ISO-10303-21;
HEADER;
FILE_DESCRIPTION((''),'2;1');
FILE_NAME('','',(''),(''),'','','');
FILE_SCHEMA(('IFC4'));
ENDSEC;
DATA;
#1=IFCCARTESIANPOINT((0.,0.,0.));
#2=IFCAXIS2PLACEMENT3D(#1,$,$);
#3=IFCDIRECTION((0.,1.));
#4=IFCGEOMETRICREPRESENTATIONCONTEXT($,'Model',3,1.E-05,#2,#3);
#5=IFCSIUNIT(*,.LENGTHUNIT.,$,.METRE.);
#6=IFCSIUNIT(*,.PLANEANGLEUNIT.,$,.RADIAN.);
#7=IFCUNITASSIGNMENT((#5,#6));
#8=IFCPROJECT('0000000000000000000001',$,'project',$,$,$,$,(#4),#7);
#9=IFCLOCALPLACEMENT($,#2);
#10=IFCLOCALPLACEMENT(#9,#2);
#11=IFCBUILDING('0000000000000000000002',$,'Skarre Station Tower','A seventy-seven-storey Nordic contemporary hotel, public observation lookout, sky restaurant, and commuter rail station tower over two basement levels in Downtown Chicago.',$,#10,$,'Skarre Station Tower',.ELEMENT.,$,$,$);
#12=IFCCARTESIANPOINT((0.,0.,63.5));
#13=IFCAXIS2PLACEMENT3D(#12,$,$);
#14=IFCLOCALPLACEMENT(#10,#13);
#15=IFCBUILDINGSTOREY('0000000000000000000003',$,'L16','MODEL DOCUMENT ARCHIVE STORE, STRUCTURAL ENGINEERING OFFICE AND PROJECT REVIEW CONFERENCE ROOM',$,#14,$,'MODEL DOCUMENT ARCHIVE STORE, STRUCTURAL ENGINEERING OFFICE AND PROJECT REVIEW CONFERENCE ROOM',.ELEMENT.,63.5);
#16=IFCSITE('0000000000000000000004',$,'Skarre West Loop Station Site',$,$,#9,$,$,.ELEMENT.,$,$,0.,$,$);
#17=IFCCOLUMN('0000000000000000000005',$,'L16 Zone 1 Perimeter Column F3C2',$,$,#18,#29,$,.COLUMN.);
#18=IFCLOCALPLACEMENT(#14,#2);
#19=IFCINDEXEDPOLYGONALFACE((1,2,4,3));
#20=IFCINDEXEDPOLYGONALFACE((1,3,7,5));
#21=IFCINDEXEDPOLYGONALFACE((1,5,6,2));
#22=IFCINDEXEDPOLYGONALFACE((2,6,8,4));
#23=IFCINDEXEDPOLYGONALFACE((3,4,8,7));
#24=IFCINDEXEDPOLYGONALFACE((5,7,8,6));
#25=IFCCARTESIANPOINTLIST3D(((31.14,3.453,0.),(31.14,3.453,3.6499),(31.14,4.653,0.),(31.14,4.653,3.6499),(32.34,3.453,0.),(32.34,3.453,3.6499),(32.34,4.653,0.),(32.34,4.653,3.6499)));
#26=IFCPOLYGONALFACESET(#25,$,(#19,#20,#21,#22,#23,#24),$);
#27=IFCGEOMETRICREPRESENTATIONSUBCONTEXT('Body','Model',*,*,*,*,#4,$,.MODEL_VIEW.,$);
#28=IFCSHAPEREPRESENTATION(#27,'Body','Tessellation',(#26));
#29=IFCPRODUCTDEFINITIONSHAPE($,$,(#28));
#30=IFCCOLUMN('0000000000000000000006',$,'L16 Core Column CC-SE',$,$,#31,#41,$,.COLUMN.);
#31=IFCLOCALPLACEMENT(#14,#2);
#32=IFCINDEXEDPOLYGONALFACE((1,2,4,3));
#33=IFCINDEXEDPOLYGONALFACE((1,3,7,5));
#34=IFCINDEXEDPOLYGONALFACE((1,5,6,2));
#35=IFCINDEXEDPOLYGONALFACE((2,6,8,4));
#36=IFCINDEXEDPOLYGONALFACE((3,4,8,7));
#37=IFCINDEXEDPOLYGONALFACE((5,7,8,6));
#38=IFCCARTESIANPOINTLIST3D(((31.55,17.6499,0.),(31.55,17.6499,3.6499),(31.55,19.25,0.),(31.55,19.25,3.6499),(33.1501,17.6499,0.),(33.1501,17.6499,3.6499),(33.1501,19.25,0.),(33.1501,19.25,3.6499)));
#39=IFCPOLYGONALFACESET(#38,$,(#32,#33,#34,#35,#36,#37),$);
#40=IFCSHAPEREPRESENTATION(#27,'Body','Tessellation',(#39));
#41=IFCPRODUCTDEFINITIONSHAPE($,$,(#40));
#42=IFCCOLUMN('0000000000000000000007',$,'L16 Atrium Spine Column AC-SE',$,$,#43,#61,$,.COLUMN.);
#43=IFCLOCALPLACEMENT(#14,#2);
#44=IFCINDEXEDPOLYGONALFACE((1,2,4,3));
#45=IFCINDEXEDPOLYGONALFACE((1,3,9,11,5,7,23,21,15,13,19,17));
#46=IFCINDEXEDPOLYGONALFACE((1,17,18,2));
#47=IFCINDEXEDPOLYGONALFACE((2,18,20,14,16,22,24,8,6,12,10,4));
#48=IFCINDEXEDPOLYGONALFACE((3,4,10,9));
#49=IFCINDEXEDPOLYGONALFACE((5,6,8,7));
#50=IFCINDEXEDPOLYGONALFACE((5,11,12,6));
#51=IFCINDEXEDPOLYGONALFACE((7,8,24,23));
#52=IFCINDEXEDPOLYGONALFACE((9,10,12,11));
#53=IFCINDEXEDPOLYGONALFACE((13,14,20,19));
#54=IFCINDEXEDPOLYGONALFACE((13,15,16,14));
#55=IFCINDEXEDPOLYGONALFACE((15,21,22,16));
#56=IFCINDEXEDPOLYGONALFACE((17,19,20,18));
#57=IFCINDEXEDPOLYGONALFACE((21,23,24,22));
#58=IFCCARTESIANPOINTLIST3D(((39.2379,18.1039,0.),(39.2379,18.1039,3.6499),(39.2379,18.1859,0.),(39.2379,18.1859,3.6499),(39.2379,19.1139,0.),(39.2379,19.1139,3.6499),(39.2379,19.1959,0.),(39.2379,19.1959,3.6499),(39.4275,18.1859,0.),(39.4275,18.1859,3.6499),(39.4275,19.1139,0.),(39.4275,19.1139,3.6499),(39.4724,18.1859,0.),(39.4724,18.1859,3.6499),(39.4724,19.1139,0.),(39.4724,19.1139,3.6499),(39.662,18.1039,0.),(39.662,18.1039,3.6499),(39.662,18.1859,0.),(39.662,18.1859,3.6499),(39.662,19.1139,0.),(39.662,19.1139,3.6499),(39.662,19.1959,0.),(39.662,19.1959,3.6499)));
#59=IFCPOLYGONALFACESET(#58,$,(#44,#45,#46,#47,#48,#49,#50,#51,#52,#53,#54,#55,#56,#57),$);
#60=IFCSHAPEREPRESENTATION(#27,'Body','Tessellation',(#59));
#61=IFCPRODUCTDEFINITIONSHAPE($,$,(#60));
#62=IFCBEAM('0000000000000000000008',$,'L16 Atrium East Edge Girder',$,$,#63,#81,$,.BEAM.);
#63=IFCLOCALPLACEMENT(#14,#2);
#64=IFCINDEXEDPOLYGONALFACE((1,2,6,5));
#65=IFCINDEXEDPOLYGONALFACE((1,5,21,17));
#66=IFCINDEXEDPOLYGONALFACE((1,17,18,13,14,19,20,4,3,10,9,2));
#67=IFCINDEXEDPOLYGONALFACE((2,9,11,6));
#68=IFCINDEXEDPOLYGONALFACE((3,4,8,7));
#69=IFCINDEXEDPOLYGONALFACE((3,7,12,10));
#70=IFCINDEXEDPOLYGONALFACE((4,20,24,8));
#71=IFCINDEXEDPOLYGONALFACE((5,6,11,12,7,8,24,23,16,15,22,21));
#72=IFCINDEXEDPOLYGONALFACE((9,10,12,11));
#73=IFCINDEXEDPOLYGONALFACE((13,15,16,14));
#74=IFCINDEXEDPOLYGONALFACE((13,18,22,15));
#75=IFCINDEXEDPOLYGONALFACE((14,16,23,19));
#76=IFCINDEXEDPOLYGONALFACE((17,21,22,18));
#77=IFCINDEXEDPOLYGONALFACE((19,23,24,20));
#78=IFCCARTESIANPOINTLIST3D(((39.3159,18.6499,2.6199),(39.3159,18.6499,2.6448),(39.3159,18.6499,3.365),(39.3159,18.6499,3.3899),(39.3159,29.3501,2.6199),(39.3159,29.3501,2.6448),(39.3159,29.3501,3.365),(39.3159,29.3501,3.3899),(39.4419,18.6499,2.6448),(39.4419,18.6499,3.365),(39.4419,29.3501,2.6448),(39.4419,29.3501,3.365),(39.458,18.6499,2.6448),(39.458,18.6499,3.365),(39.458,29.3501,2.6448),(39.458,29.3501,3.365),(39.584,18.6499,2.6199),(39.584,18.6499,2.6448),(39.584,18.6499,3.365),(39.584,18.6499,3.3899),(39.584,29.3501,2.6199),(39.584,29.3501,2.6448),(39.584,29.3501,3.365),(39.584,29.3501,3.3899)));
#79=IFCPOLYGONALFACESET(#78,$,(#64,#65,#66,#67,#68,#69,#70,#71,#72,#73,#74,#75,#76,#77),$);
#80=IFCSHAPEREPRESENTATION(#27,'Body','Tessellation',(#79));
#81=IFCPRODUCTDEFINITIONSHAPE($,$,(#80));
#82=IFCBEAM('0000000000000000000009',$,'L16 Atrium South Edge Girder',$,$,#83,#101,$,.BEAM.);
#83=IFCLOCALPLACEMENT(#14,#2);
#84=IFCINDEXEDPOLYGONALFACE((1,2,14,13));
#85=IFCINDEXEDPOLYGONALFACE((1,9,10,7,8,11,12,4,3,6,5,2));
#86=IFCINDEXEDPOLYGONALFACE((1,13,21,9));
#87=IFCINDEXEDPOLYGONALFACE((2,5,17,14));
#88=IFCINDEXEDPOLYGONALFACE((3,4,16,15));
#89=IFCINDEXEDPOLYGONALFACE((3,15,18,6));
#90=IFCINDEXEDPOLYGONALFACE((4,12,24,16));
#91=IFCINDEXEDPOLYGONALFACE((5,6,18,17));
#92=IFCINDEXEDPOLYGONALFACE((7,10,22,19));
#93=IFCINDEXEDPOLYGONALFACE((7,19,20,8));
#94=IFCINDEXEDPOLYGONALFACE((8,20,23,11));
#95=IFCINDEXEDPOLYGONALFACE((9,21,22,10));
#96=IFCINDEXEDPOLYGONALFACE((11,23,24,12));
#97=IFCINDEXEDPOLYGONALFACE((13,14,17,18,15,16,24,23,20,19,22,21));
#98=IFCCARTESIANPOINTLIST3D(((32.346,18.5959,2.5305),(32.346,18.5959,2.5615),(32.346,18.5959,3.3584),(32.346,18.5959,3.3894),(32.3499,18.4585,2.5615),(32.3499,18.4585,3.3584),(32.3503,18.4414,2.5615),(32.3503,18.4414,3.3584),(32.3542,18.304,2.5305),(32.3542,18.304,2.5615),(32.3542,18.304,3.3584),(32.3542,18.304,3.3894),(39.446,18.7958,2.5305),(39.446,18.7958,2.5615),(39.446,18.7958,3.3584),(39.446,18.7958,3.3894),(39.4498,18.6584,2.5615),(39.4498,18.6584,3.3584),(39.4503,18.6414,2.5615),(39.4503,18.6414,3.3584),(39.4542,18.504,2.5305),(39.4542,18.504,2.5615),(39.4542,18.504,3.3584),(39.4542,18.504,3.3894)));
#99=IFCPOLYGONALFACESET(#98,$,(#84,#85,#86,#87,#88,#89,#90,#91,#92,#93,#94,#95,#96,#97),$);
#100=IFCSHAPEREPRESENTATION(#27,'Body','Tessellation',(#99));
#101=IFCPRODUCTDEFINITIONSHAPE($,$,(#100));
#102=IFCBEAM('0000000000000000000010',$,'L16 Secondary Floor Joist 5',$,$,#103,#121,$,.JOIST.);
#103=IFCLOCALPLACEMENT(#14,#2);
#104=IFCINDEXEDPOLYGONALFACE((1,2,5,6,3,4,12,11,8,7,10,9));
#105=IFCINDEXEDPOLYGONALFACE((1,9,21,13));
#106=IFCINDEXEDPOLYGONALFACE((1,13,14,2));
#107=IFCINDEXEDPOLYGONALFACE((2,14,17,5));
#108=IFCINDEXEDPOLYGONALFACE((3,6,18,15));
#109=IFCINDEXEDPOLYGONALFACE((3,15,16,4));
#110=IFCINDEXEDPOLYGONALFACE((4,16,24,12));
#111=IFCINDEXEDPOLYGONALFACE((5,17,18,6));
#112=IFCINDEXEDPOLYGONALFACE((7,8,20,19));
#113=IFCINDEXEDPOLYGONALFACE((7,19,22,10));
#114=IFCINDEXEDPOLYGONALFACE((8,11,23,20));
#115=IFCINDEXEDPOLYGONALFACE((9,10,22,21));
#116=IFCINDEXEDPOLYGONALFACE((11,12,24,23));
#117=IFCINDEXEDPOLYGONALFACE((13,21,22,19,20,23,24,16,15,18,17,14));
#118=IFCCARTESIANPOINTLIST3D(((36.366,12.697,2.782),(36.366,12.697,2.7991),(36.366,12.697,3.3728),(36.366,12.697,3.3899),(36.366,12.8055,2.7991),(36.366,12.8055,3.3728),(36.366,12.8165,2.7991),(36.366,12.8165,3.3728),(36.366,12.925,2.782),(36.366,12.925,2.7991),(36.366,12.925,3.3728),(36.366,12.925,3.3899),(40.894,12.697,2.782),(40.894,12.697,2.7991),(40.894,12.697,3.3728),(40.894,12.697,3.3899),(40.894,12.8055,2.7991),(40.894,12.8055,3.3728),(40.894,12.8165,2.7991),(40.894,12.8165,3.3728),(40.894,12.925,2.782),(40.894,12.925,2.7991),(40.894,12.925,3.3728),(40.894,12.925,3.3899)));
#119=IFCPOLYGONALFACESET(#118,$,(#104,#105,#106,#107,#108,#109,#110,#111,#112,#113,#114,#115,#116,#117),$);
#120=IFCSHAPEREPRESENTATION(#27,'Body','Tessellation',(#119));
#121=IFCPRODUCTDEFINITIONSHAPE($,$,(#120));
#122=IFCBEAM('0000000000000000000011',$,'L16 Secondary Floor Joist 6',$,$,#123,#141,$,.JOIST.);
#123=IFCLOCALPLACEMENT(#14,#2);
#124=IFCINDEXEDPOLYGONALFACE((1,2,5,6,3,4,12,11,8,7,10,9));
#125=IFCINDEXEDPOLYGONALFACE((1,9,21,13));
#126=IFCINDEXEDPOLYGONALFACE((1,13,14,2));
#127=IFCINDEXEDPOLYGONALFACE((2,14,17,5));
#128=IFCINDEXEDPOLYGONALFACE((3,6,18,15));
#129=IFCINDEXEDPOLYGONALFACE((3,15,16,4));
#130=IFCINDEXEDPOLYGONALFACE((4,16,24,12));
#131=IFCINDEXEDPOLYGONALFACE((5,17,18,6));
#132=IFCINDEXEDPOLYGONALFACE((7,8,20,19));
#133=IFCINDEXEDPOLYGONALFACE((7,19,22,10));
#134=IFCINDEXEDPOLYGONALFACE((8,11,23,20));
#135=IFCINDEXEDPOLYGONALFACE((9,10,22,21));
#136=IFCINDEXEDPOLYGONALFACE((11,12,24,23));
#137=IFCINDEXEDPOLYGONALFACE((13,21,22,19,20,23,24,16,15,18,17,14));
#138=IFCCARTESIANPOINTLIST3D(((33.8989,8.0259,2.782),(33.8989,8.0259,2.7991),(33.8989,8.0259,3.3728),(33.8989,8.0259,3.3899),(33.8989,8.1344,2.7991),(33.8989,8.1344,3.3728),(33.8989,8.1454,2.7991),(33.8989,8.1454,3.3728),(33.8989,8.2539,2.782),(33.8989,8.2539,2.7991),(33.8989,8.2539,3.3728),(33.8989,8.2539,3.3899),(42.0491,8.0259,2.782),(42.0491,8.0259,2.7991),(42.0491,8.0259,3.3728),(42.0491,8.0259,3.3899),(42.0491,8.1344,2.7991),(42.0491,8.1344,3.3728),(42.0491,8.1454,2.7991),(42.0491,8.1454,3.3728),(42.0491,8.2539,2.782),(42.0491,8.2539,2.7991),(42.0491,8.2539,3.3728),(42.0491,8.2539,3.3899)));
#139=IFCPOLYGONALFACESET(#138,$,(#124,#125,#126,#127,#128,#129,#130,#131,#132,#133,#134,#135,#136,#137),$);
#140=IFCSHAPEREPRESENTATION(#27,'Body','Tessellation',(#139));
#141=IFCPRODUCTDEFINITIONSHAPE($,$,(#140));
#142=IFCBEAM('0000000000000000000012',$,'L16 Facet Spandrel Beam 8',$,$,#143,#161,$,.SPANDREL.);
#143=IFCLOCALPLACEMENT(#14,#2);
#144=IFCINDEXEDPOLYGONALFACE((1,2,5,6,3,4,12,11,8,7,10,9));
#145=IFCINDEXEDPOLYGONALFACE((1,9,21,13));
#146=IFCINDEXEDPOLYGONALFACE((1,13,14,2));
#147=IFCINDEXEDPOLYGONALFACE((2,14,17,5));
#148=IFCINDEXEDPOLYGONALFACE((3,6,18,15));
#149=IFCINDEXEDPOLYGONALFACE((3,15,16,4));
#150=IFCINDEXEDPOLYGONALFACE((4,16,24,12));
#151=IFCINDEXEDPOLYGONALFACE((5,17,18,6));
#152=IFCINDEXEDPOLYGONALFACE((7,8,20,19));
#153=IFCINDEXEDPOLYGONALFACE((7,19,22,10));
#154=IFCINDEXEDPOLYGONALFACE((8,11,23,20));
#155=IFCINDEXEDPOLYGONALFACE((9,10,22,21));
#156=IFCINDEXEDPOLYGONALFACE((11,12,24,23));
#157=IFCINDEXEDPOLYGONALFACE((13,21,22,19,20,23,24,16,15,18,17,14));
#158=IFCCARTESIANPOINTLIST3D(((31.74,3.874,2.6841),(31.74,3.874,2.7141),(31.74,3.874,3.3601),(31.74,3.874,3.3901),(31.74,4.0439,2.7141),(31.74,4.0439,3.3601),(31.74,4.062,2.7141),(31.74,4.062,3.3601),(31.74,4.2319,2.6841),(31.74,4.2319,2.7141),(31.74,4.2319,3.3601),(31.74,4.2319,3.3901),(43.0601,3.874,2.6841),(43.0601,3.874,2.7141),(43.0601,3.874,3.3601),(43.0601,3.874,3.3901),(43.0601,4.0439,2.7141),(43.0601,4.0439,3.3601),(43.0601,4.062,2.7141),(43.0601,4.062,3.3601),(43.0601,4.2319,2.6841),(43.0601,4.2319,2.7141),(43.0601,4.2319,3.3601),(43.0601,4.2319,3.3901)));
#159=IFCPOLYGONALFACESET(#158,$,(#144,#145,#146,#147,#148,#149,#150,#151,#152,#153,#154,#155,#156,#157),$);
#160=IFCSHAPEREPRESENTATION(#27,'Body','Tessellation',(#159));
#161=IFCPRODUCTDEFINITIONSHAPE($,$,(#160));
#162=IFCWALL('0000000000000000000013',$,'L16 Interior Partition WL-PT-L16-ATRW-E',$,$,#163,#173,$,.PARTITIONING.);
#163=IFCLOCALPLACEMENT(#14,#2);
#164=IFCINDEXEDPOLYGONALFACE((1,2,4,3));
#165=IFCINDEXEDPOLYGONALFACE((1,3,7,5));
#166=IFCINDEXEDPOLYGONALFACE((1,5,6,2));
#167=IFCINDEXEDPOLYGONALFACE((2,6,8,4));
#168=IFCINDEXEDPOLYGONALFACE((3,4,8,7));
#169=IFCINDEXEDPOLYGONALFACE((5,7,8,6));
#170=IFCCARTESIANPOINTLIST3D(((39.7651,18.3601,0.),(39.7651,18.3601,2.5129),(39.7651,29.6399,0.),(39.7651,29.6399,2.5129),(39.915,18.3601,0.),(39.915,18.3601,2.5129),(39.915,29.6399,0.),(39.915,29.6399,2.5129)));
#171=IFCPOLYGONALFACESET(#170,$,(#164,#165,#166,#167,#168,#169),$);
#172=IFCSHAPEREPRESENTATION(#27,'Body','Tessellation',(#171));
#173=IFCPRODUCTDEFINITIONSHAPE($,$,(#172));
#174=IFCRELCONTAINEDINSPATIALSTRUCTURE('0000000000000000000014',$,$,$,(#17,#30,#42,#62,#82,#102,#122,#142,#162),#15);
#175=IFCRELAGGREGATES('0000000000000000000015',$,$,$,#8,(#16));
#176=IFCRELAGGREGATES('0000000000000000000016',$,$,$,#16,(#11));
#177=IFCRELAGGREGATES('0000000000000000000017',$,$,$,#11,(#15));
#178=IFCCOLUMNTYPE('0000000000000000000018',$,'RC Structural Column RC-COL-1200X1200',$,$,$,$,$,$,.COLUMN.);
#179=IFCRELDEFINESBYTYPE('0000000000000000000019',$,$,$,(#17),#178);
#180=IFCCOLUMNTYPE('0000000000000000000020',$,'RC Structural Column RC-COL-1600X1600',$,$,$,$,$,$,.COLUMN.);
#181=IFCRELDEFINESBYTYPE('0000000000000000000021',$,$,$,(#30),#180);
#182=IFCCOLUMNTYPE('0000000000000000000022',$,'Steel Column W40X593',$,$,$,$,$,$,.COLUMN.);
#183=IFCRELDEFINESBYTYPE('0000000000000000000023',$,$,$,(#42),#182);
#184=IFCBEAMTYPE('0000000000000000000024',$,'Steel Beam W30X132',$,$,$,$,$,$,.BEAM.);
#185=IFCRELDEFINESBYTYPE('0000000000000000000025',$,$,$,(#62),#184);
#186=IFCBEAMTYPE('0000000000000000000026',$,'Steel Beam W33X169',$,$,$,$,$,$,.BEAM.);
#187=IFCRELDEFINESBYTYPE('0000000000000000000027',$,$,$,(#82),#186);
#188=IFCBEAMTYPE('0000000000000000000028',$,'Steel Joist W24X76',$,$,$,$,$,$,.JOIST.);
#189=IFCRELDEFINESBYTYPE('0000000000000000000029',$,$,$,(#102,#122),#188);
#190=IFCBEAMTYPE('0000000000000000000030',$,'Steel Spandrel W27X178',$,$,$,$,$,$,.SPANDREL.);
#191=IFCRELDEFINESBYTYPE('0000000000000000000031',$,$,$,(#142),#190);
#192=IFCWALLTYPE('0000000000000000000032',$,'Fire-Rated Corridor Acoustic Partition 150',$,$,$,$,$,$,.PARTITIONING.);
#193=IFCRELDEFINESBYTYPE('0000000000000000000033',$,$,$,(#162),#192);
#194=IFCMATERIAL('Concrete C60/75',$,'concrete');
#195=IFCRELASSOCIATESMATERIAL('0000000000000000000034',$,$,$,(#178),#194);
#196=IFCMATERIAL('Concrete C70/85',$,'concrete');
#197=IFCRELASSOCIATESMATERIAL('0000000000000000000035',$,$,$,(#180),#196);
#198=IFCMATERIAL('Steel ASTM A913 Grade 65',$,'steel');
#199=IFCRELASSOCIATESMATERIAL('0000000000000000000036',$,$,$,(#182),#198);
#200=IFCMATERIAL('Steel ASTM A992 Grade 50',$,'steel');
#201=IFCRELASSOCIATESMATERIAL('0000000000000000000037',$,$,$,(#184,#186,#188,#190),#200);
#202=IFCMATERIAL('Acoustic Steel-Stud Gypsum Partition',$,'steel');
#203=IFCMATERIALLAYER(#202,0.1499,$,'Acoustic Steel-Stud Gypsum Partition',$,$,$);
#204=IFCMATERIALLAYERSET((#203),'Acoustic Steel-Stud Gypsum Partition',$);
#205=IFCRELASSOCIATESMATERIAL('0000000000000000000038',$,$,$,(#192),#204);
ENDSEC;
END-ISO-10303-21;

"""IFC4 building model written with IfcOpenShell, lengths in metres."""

from ifc_helpers import new_model, si_unit, direction, frame, frame_2d, origin, origin_2d, place, context, subcontext, project, spatial, rectangle, i_section, extrude, material, layer, layer_set, material_profile, profile_set, type_object, element, save


model = new_model("IFC4")

# Units and contexts
model_context = context("Model", 3, precision=1e-05, world=origin(), true_north=direction((0.0, 1.0)))
body_context = subcontext(model_context, "Body", "Model", "MODEL_VIEW")
ifc_project = project(units=[si_unit("LENGTHUNIT", "METRE"), si_unit("PLANEANGLEUNIT", "RADIAN")], contexts=[model_context])

# Site, building, storey
site_placement = place(None, origin())
site = spatial("IfcSite", under=ifc_project, at=site_placement, Name="Skarre West Loop Station Site", CompositionType="ELEMENT", RefElevation=0.0)
building_placement = place(site_placement, origin())
building = spatial("IfcBuilding", under=site, at=building_placement, Name="Skarre Station Tower", Description="A seventy-seven-storey Nordic contemporary hotel, public observation lookout, sky restaurant, and commuter rail station tower over two basement levels in Downtown Chicago.", LongName="Skarre Station Tower", CompositionType="ELEMENT")
storey_placement = place(building_placement, frame((0.0, 0.0, 63.5)))
storey = spatial("IfcBuildingStorey", under=building, at=storey_placement, Name="L16", Description="MODEL DOCUMENT ARCHIVE STORE, STRUCTURAL ENGINEERING OFFICE AND PROJECT REVIEW CONFERENCE ROOM", LongName="MODEL DOCUMENT ARCHIVE STORE, STRUCTURAL ENGINEERING OFFICE AND PROJECT REVIEW CONFERENCE ROOM", CompositionType="ELEMENT", Elevation=63.5)

# Columns
ifc_material_1 = material(Name="Concrete C60/75", Category="concrete")
ifc_material_profile_1 = material_profile(ifc_material_1, rectangle(XDim=1.2, YDim=1.2, at=origin_2d()), Name="Concrete C60/75")
ifc_profile_set_1 = profile_set([ifc_material_profile_1], Name="Concrete C60/75")
column_type_1 = type_object("IfcColumnType", Name="RC Structural Column RC-COL-1200X1200", PredefinedType="COLUMN", material=ifc_profile_set_1)
column_1_placement = place(storey_placement, frame((31.74, 4.053, 0.0), z_axis=(0.0, 0.0, 1.0), x_axis=(1.0, 0.0, 0.0)))
element("IfcColumn", 1, at=column_1_placement, inside=storey, type_object=column_type_1, Name="L16 Zone 1 Perimeter Column F3C2", PredefinedType="COLUMN", context=body_context, shape_type="SweptSolid", body=[
    extrude(rectangle(XDim=1.2, YDim=1.2, at=origin_2d()), origin(), (0.0, 0.0, 1.0), 3.6499),
])
ifc_material_2 = material(Name="Concrete C70/85", Category="concrete")
ifc_material_profile_2 = material_profile(ifc_material_2, rectangle(XDim=1.6001, YDim=1.6001, at=origin_2d()), Name="Concrete C70/85")
ifc_profile_set_2 = profile_set([ifc_material_profile_2], Name="Concrete C70/85")
column_type_2 = type_object("IfcColumnType", Name="RC Structural Column RC-COL-1600X1600", PredefinedType="COLUMN", material=ifc_profile_set_2)
column_2_placement = place(storey_placement, frame((32.3501, 18.45, 0.0), z_axis=(0.0, 0.0, 1.0), x_axis=(1.0, 0.0, 0.0)))
element("IfcColumn", 2, at=column_2_placement, inside=storey, type_object=column_type_2, Name="L16 Core Column CC-SE", PredefinedType="COLUMN", context=body_context, shape_type="SweptSolid", body=[
    extrude(rectangle(XDim=1.6001, YDim=1.6001, at=origin_2d()), origin(), (0.0, 0.0, 1.0), 3.6499),
])
ifc_material_3 = material(Name="Steel ASTM A913 Grade 65", Category="steel")
ifc_material_profile_3 = material_profile(ifc_material_3, i_section(OverallWidth=0.4241, OverallDepth=1.092, WebThickness=0.0449, FlangeThickness=0.082, at=origin_2d()), Name="Steel ASTM A913 Grade 65")
ifc_profile_set_3 = profile_set([ifc_material_profile_3], Name="Steel ASTM A913 Grade 65")
column_type_3 = type_object("IfcColumnType", Name="Steel Column W40X593", PredefinedType="COLUMN", material=ifc_profile_set_3)
column_3_placement = place(storey_placement, frame((39.45, 18.6499, 0.0), z_axis=(0.0, 0.0, 1.0), x_axis=(1.0, 0.0, 0.0)))
element("IfcColumn", 3, at=column_3_placement, inside=storey, type_object=column_type_3, Name="L16 Atrium Spine Column AC-SE", PredefinedType="COLUMN", context=body_context, shape_type="SweptSolid", body=[
    extrude(i_section(OverallWidth=0.4241, OverallDepth=1.092, WebThickness=0.0449, FlangeThickness=0.082, at=origin_2d()), origin(), (0.0, 0.0, 1.0), 3.6499),
])

# Beams
ifc_material_4 = material(Name="Steel ASTM A992 Grade 50", Category="steel")
ifc_material_profile_4 = material_profile(ifc_material_4, i_section(OverallWidth=0.2681, OverallDepth=0.77, WebThickness=0.0161, FlangeThickness=0.0249, at=origin_2d()), Name="Steel ASTM A992 Grade 50")
ifc_profile_set_4 = profile_set([ifc_material_profile_4], Name="Steel ASTM A992 Grade 50")
beam_type_1 = type_object("IfcBeamType", Name="Steel Beam W30X132", PredefinedType="BEAM", material=ifc_profile_set_4)
beam_1_placement = place(storey_placement, frame((39.45, 18.6499, 3.0049), z_axis=(0.0, 1.0, 0.0), x_axis=(-1.0, 0.0, 0.0)))
element("IfcBeam", 4, at=beam_1_placement, inside=storey, type_object=beam_type_1, Name="L16 Atrium East Edge Girder", PredefinedType="BEAM", context=body_context, shape_type="SweptSolid", body=[
    extrude(i_section(OverallWidth=0.2681, OverallDepth=0.77, WebThickness=0.0161, FlangeThickness=0.0249, at=origin_2d()), origin(), (0.0, 0.0, 1.0), 10.7002),
])
ifc_material_profile_5 = material_profile(ifc_material_4, i_section(OverallWidth=0.292, OverallDepth=0.8589, WebThickness=0.0171, FlangeThickness=0.031, at=origin_2d()), Name="Steel ASTM A992 Grade 50")
ifc_profile_set_5 = profile_set([ifc_material_profile_5], Name="Steel ASTM A992 Grade 50")
beam_type_2 = type_object("IfcBeamType", Name="Steel Beam W33X169", PredefinedType="BEAM", material=ifc_profile_set_5)
beam_2_placement = place(storey_placement, frame((32.3501, 18.45, 2.96), z_axis=(0.999604, 0.028152, 0.0), x_axis=(-0.028152, 0.999604, 0.0)))
element("IfcBeam", 5, at=beam_2_placement, inside=storey, type_object=beam_type_2, Name="L16 Atrium South Edge Girder", PredefinedType="BEAM", context=body_context, shape_type="SweptSolid", body=[
    extrude(i_section(OverallWidth=0.292, OverallDepth=0.8589, WebThickness=0.0171, FlangeThickness=0.031, at=origin_2d()), origin(), (0.0, 0.0, 1.0), 7.1028),
])
ifc_material_profile_6 = material_profile(ifc_material_4, i_section(OverallWidth=0.228, OverallDepth=0.6079, WebThickness=0.011, FlangeThickness=0.0171, at=origin_2d()), Name="Steel ASTM A992 Grade 50")
ifc_profile_set_6 = profile_set([ifc_material_profile_6], Name="Steel ASTM A992 Grade 50")
beam_type_3 = type_object("IfcBeamType", Name="Steel Joist W24X76", PredefinedType="JOIST", material=ifc_profile_set_6)
beam_3_placement = place(storey_placement, frame((36.366, 12.811, 3.0859), z_axis=(1.0, 0.0, 0.0), x_axis=(0.0, 1.0, 0.0)))
element("IfcBeam", 6, at=beam_3_placement, inside=storey, type_object=beam_type_3, Name="L16 Secondary Floor Joist 5", PredefinedType="JOIST", context=body_context, shape_type="SweptSolid", body=[
    extrude(i_section(OverallWidth=0.228, OverallDepth=0.6079, WebThickness=0.011, FlangeThickness=0.0171, at=origin_2d()), origin(), (0.0, 0.0, 1.0), 4.5281),
])
beam_4_placement = place(storey_placement, frame((33.8989, 8.1399, 3.0859), z_axis=(1.0, 0.0, 0.0), x_axis=(0.0, 1.0, 0.0)))
element("IfcBeam", 7, at=beam_4_placement, inside=storey, type_object=beam_type_3, Name="L16 Secondary Floor Joist 6", PredefinedType="JOIST", context=body_context, shape_type="SweptSolid", body=[
    extrude(i_section(OverallWidth=0.228, OverallDepth=0.6079, WebThickness=0.011, FlangeThickness=0.0171, at=origin_2d()), origin(), (0.0, 0.0, 1.0), 8.1501),
])
ifc_material_profile_7 = material_profile(ifc_material_4, i_section(OverallWidth=0.3579, OverallDepth=0.7061, WebThickness=0.0181, FlangeThickness=0.03, at=origin_2d()), Name="Steel ASTM A992 Grade 50")
ifc_profile_set_7 = profile_set([ifc_material_profile_7], Name="Steel ASTM A992 Grade 50")
beam_type_4 = type_object("IfcBeamType", Name="Steel Spandrel W27X178", PredefinedType="SPANDREL", material=ifc_profile_set_7)
beam_5_placement = place(storey_placement, frame((31.74, 4.053, 3.0371), z_axis=(1.0, 0.0, 0.0), x_axis=(0.0, 1.0, 0.0)))
element("IfcBeam", 8, at=beam_5_placement, inside=storey, type_object=beam_type_4, Name="L16 Facet Spandrel Beam 8", PredefinedType="SPANDREL", context=body_context, shape_type="SweptSolid", body=[
    extrude(i_section(OverallWidth=0.3579, OverallDepth=0.7061, WebThickness=0.0181, FlangeThickness=0.03, at=origin_2d()), origin(), (0.0, 0.0, 1.0), 11.3201),
])

# Wall
ifc_material_5 = material(Name="Acoustic Steel-Stud Gypsum Partition", Category="steel")
ifc_layer_1 = layer(ifc_material_5, 0.1499, Name="Acoustic Steel-Stud Gypsum Partition")
ifc_layer_set_1 = layer_set([ifc_layer_1], Name="Acoustic Steel-Stud Gypsum Partition")
wall_type_1 = type_object("IfcWallType", Name="Fire-Rated Corridor Acoustic Partition 150", PredefinedType="PARTITIONING", material=ifc_layer_set_1)
wall_1_placement = place(storey_placement, frame((39.8401, 18.3601, 0.0), z_axis=(0.0, 0.0, 1.0), x_axis=(0.0, 1.0, 0.0)))
element("IfcWall", 9, at=wall_1_placement, inside=storey, type_object=wall_type_1, Name="L16 Interior Partition WL-PT-L16-ATRW-E", PredefinedType="PARTITIONING", context=body_context, shape_type="SweptSolid", body=[
    extrude(rectangle(XDim=11.2798, YDim=0.1499, at=frame_2d((5.6399, 0.0))), origin(), (0.0, 0.0, 1.0), 2.5129),
])

save(model, "model.ifc")
